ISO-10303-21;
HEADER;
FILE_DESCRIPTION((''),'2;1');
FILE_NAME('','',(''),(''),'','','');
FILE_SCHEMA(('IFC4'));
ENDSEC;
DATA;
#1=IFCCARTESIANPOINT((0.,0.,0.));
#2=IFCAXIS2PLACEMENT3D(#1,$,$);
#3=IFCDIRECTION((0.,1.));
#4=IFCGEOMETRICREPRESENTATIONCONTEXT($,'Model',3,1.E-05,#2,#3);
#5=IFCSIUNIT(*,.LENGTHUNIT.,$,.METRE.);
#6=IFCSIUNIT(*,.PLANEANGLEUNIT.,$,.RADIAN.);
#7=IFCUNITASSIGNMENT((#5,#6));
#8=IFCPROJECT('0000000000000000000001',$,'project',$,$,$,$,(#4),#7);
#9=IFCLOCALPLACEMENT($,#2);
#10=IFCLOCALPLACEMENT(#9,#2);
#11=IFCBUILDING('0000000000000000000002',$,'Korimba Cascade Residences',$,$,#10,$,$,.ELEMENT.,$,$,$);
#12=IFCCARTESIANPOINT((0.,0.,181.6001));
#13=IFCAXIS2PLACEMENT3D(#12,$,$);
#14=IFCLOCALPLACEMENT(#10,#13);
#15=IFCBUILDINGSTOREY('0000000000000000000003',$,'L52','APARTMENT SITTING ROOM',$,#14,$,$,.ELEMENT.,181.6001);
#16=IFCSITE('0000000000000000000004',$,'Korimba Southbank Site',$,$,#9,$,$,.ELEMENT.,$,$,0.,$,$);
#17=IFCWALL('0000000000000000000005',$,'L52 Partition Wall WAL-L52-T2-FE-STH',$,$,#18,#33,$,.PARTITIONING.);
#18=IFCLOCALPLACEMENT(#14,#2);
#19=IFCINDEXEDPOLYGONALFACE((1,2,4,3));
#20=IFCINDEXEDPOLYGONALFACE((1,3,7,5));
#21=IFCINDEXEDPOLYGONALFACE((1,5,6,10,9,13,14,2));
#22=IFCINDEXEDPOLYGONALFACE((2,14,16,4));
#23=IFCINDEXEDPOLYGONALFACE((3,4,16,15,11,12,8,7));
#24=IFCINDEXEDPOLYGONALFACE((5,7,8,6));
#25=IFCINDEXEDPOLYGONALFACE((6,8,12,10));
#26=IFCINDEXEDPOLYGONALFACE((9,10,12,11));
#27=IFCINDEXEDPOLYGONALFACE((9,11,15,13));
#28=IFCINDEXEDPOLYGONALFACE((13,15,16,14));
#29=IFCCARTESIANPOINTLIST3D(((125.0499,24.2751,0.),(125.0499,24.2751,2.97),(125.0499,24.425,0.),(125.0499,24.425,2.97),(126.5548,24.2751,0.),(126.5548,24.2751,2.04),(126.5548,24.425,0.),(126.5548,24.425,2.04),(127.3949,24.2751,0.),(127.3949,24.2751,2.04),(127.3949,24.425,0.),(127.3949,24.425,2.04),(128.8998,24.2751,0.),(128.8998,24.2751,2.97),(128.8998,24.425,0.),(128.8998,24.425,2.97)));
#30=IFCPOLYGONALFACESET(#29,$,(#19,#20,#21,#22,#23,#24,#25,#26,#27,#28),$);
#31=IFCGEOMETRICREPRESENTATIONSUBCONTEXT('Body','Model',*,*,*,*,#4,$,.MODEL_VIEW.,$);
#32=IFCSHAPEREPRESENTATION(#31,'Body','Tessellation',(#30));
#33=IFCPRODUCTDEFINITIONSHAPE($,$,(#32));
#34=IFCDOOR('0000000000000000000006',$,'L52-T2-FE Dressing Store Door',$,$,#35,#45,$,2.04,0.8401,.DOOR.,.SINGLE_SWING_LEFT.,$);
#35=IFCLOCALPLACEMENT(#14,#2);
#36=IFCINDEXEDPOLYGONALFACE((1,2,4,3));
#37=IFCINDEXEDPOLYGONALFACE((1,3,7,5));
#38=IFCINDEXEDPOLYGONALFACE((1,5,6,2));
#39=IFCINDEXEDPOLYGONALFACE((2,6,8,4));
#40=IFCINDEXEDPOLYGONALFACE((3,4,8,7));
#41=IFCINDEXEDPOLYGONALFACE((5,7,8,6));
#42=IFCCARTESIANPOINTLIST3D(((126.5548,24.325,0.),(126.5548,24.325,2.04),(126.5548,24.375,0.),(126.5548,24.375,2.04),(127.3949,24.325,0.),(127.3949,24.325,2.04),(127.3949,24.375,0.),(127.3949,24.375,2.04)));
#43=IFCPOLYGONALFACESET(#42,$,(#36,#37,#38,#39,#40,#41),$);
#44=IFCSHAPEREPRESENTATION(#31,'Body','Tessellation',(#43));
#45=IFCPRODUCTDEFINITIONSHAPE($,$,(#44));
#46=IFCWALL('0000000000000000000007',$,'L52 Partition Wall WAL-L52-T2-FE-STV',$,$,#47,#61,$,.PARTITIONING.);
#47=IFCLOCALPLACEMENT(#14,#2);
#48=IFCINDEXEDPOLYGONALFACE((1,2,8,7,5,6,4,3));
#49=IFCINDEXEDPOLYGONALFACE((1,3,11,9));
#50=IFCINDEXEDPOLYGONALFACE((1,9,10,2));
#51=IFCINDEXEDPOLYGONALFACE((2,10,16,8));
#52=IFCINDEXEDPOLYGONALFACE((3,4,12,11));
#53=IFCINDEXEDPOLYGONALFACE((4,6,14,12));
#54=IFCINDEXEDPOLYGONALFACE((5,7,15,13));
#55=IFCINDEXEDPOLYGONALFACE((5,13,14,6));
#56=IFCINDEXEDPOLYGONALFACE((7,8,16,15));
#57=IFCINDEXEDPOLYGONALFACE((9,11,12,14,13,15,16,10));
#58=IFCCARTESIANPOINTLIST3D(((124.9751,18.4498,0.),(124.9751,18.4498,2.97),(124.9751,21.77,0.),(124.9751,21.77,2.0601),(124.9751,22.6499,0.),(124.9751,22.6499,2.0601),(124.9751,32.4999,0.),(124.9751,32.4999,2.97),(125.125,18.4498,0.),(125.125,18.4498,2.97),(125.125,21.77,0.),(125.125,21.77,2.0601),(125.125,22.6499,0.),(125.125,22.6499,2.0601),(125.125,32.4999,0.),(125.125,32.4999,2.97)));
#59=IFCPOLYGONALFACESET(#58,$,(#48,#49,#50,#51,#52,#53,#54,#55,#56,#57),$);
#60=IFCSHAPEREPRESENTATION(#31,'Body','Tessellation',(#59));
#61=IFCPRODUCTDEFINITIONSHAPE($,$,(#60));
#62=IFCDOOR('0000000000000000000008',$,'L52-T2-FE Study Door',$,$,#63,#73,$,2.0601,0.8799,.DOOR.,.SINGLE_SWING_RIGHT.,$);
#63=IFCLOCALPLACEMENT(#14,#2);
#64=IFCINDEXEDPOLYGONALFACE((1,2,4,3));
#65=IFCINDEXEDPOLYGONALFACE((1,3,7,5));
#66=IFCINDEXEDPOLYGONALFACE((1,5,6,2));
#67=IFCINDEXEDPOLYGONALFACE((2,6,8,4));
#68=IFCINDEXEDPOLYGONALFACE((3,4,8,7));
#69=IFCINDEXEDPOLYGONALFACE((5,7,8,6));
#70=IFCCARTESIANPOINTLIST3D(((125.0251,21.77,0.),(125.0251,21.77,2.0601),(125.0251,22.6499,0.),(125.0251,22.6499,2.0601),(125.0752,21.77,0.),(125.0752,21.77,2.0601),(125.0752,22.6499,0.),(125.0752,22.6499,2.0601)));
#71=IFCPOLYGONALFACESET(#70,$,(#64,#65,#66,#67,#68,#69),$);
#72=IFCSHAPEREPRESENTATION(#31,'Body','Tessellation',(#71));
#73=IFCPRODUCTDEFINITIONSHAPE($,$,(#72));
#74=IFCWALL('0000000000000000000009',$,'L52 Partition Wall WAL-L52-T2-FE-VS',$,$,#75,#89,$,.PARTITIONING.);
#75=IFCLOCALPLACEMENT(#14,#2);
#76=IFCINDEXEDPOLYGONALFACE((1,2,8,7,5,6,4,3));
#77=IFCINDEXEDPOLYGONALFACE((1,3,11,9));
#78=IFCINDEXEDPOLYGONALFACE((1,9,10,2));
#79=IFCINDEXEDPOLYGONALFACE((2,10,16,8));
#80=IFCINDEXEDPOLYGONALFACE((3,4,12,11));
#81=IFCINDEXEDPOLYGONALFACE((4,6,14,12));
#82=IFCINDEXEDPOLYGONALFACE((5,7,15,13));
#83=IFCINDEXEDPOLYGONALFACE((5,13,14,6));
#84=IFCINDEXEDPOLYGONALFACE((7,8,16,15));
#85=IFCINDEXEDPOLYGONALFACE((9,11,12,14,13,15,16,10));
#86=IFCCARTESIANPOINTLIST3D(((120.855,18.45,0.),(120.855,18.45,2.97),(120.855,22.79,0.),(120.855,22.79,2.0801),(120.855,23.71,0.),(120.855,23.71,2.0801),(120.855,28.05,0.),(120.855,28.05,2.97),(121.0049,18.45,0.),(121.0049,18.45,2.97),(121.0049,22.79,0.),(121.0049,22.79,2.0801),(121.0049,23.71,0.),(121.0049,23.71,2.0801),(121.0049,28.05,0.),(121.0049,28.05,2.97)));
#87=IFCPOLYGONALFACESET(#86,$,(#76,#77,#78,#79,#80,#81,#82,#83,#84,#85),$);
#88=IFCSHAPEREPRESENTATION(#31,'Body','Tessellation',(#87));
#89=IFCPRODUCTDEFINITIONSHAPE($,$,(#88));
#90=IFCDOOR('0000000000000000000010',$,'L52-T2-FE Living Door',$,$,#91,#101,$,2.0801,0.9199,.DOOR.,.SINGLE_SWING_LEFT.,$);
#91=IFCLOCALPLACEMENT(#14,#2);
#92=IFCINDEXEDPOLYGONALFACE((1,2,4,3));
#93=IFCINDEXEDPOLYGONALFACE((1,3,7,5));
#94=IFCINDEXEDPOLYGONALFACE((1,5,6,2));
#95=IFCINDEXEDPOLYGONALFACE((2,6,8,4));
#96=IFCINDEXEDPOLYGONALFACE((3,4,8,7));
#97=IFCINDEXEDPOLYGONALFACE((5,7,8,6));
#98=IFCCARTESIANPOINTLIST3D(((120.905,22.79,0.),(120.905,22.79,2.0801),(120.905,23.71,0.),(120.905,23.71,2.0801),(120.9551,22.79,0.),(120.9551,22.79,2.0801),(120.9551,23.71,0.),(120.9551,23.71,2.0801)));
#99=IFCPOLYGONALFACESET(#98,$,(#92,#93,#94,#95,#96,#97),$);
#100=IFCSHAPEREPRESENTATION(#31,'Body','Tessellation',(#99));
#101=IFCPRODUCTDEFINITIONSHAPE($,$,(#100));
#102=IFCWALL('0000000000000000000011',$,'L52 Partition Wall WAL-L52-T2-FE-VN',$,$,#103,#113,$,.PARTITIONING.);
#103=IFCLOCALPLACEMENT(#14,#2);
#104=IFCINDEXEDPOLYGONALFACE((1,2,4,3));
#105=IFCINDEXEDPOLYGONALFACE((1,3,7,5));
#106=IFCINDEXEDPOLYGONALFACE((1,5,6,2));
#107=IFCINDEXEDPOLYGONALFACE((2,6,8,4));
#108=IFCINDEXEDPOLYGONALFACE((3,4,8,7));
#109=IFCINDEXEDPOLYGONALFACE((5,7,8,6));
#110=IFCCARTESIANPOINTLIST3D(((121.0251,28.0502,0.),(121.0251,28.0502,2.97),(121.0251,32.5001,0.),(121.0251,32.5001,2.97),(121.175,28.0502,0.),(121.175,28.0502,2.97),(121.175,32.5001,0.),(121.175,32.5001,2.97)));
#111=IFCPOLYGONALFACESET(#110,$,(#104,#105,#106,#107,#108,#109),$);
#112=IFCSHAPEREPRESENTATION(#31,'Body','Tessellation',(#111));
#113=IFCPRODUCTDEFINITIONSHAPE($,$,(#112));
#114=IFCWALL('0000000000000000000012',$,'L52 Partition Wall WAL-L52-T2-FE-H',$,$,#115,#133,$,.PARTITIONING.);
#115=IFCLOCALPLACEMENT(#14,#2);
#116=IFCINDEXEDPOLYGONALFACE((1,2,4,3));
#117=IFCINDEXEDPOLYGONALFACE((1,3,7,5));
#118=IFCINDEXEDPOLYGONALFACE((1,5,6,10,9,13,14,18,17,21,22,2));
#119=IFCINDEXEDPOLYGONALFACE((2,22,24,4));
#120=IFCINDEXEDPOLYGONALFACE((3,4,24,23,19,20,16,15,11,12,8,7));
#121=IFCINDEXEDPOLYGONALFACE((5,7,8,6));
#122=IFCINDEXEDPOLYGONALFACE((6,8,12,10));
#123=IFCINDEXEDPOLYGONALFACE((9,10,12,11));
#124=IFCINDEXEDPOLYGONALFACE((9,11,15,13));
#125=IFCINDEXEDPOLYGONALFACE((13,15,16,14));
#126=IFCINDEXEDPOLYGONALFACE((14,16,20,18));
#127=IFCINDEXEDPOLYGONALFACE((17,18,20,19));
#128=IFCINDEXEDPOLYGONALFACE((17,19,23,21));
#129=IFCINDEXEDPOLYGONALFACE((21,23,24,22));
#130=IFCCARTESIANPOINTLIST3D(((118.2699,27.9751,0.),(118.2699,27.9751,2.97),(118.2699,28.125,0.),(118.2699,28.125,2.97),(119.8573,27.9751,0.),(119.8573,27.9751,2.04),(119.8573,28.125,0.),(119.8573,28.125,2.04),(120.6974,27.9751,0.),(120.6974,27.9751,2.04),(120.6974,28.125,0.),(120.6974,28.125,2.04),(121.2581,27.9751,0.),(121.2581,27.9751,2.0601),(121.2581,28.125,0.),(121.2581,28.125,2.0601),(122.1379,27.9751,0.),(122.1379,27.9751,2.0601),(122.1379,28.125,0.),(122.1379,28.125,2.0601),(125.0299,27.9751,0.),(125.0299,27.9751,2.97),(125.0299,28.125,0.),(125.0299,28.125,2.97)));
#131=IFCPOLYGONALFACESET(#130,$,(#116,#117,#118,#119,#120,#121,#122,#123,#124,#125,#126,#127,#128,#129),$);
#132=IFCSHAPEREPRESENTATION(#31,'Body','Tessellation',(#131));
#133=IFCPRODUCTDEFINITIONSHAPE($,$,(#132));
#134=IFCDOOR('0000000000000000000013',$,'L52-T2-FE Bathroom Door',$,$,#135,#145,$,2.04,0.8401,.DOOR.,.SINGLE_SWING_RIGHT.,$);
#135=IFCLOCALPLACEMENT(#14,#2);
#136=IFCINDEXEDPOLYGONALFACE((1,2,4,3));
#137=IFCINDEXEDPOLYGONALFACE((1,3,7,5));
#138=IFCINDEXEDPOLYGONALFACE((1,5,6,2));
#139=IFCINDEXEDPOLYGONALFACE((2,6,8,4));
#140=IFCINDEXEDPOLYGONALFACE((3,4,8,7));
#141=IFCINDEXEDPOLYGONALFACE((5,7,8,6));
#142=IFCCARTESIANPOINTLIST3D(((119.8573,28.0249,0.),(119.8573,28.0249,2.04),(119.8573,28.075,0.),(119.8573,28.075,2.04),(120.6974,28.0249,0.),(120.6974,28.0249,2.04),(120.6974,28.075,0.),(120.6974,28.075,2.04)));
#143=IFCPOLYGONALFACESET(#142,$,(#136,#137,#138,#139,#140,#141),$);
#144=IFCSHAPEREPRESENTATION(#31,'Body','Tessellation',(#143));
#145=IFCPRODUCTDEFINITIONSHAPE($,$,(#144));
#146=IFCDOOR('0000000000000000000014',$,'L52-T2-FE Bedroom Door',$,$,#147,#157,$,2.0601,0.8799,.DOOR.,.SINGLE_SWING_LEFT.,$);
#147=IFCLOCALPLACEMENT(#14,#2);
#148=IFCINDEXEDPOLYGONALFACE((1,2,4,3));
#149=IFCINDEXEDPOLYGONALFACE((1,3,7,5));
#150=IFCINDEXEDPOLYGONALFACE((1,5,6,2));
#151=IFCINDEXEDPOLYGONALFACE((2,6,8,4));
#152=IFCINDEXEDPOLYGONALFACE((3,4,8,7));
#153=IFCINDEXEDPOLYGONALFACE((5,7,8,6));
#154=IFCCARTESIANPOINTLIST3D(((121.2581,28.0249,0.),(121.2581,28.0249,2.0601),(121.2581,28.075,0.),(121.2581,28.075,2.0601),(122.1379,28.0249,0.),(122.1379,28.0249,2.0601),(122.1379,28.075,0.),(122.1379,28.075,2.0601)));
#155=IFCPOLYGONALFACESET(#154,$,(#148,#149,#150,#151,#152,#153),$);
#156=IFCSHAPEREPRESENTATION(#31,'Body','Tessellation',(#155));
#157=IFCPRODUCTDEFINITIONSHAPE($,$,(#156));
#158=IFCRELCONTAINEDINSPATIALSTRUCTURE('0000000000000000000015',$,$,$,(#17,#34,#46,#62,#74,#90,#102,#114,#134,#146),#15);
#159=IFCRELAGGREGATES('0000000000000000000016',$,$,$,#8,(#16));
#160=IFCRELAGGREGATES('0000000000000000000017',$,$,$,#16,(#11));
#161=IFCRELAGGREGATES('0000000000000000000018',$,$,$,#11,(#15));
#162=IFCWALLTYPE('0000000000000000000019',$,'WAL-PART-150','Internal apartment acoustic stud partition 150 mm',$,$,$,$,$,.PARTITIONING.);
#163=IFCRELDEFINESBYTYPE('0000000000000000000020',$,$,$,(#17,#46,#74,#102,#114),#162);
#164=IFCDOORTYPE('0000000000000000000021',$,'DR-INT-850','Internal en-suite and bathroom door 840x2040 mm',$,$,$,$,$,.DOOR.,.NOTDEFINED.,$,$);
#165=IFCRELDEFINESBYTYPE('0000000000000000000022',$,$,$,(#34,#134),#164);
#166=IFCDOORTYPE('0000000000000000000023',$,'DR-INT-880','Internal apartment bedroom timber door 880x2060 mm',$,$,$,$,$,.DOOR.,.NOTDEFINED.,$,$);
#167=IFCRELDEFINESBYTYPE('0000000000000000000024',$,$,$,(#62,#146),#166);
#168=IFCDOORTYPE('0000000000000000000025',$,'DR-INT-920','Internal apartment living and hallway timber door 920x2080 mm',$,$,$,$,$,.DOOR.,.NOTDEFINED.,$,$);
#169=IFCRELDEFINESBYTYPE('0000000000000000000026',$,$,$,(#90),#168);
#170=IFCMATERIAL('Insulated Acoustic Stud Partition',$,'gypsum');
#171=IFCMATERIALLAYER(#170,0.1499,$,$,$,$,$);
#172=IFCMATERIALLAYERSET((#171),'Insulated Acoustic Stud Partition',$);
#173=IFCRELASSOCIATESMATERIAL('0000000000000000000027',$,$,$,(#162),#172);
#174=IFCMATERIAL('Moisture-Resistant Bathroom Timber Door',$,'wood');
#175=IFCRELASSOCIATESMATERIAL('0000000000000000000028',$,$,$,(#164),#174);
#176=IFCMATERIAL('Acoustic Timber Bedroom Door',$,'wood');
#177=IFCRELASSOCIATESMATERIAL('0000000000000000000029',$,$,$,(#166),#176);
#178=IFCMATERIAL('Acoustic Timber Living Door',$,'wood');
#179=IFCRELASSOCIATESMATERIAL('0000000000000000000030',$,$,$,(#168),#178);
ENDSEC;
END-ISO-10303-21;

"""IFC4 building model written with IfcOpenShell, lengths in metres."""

from ifc_helpers import new_model, si_unit, direction, frame, frame_2d, origin, place, context, subcontext, project, spatial, rectangle, extrude, material, layer, layer_set, type_object, element, fill, save


model = new_model("IFC4")

# Units and contexts
model_context = context("Model", 3, precision=1e-05, world=origin(), true_north=direction((0.0, 1.0)))
body_context = subcontext(model_context, "Body", "Model", "MODEL_VIEW")
ifc_project = project(units=[si_unit("LENGTHUNIT", "METRE"), si_unit("PLANEANGLEUNIT", "RADIAN")], contexts=[model_context])

# Site, building, storey
site_placement = place(None, origin())
site = spatial("IfcSite", under=ifc_project, at=site_placement, Name="Korimba Southbank Site", CompositionType="ELEMENT", RefElevation=0.0)
building_placement = place(site_placement, origin())
building = spatial("IfcBuilding", under=site, at=building_placement, Name="Korimba Cascade Residences", CompositionType="ELEMENT")
storey_placement = place(building_placement, frame((0.0, 0.0, 181.6001)))
storey = spatial("IfcBuildingStorey", under=building, at=storey_placement, Name="L52", Description="APARTMENT SITTING ROOM", CompositionType="ELEMENT", Elevation=181.6001)

# Walls, openings, doors
ifc_material_1 = material(Name="Insulated Acoustic Stud Partition", Category="gypsum")
ifc_layer_1 = layer(ifc_material_1, 0.1499)
ifc_layer_set_1 = layer_set([ifc_layer_1], Name="Insulated Acoustic Stud Partition")
wall_type_1 = type_object("IfcWallType", Name="WAL-PART-150", Description="Internal apartment acoustic stud partition 150 mm", PredefinedType="PARTITIONING", material=ifc_layer_set_1)
wall_1_placement = place(storey_placement, frame((125.05, 24.3501, 0.0), z_axis=(0.0, 0.0, 1.0), x_axis=(1.0, 0.0, 0.0)))
wall_1 = element("IfcWall", 1, at=wall_1_placement, inside=storey, type_object=wall_type_1, Name="L52 Partition Wall WAL-L52-T2-FE-STH", PredefinedType="PARTITIONING", context=body_context, shape_type="SweptSolid", body=[
    extrude(rectangle(XDim=3.8499, YDim=0.1499, at=frame_2d((1.9248, 0.0))), origin(), (0.0, 0.0, 1.0), 2.97),
])
opening_1_placement = place(wall_1_placement, frame((1.5049, 0.0, 0.0)))
opening_1 = element("IfcOpeningElement", 2, at=opening_1_placement, cuts=wall_1, PredefinedType="OPENING", context=body_context, shape_type="SweptSolid", body=[
    extrude(rectangle(XDim=0.8401, YDim=2.04, at=frame_2d((0.4199, 1.02))), frame((0.0, 0.085, 0.0), z_axis=(0.0, -1.0, 0.0), x_axis=(1.0, 0.0, 0.0)), (0.0, 0.0, 1.0), 0.1699),
])
ifc_material_2 = material(Name="Moisture-Resistant Bathroom Timber Door", Category="wood")
door_type_1 = type_object("IfcDoorType", Name="DR-INT-850", Description="Internal en-suite and bathroom door 840x2040 mm", OperationType="NOTDEFINED", PredefinedType="DOOR", material=ifc_material_2)
door_1_placement = place(opening_1_placement, origin())
door_1 = element("IfcDoor", 3, at=door_1_placement, inside=storey, type_object=door_type_1, Name="L52-T2-FE Dressing Store Door", OperationType="SINGLE_SWING_LEFT", OverallHeight=2.04, OverallWidth=0.8401, PredefinedType="DOOR", context=body_context, shape_type="SweptSolid", body=[
    extrude(rectangle(XDim=0.8401, YDim=2.04, at=frame_2d((0.4199, 1.02))), frame((0.0, 0.0249, 0.0), z_axis=(0.0, -1.0, 0.0), x_axis=(1.0, 0.0, 0.0)), (0.0, 0.0, 1.0), 0.05),
])
fill(opening_1, door_1)
wall_2_placement = place(storey_placement, frame((125.05, 18.45, 0.0), z_axis=(0.0, 0.0, 1.0), x_axis=(0.0, 1.0, 0.0)))
wall_2 = element("IfcWall", 4, at=wall_2_placement, inside=storey, type_object=wall_type_1, Name="L52 Partition Wall WAL-L52-T2-FE-STV", PredefinedType="PARTITIONING", context=body_context, shape_type="SweptSolid", body=[
    extrude(rectangle(XDim=14.05, YDim=0.1499, at=frame_2d((7.0249, 0.0))), origin(), (0.0, 0.0, 1.0), 2.97),
])
opening_2_placement = place(wall_2_placement, frame((3.3201, 0.0, 0.0)))
opening_2 = element("IfcOpeningElement", 5, at=opening_2_placement, cuts=wall_2, PredefinedType="OPENING", context=body_context, shape_type="SweptSolid", body=[
    extrude(rectangle(XDim=0.8799, YDim=2.0601, at=frame_2d((0.4399, 1.03))), frame((0.0, 0.085, 0.0), z_axis=(0.0, -1.0, 0.0), x_axis=(1.0, 0.0, 0.0)), (0.0, 0.0, 1.0), 0.1699),
])
ifc_material_3 = material(Name="Acoustic Timber Bedroom Door", Category="wood")
door_type_2 = type_object("IfcDoorType", Name="DR-INT-880", Description="Internal apartment bedroom timber door 880x2060 mm", OperationType="NOTDEFINED", PredefinedType="DOOR", material=ifc_material_3)
door_2_placement = place(opening_2_placement, origin())
door_2 = element("IfcDoor", 6, at=door_2_placement, inside=storey, type_object=door_type_2, Name="L52-T2-FE Study Door", OperationType="SINGLE_SWING_RIGHT", OverallHeight=2.0601, OverallWidth=0.8799, PredefinedType="DOOR", context=body_context, shape_type="SweptSolid", body=[
    extrude(rectangle(XDim=0.8799, YDim=2.0601, at=frame_2d((0.4399, 1.03))), frame((0.0, 0.0249, 0.0), z_axis=(0.0, -1.0, 0.0), x_axis=(1.0, 0.0, 0.0)), (0.0, 0.0, 1.0), 0.05),
])
fill(opening_2, door_2)
wall_3_placement = place(storey_placement, frame((120.9299, 18.45, 0.0), z_axis=(0.0, 0.0, 1.0), x_axis=(0.0, 1.0, 0.0)))
wall_3 = element("IfcWall", 7, at=wall_3_placement, inside=storey, type_object=wall_type_1, Name="L52 Partition Wall WAL-L52-T2-FE-VS", PredefinedType="PARTITIONING", context=body_context, shape_type="SweptSolid", body=[
    extrude(rectangle(XDim=9.6001, YDim=0.1499, at=frame_2d((4.8, 0.0))), origin(), (0.0, 0.0, 1.0), 2.97),
])
opening_3_placement = place(wall_3_placement, frame((4.3401, 0.0, 0.0)))
opening_3 = element("IfcOpeningElement", 8, at=opening_3_placement, cuts=wall_3, PredefinedType="OPENING", context=body_context, shape_type="SweptSolid", body=[
    extrude(rectangle(XDim=0.9199, YDim=2.0801, at=frame_2d((0.46, 1.04))), frame((0.0, 0.085, 0.0), z_axis=(0.0, -1.0, 0.0), x_axis=(1.0, 0.0, 0.0)), (0.0, 0.0, 1.0), 0.1699),
])
ifc_material_4 = material(Name="Acoustic Timber Living Door", Category="wood")
door_type_3 = type_object("IfcDoorType", Name="DR-INT-920", Description="Internal apartment living and hallway timber door 920x2080 mm", OperationType="NOTDEFINED", PredefinedType="DOOR", material=ifc_material_4)
door_3_placement = place(opening_3_placement, origin())
door_3 = element("IfcDoor", 9, at=door_3_placement, inside=storey, type_object=door_type_3, Name="L52-T2-FE Living Door", OperationType="SINGLE_SWING_LEFT", OverallHeight=2.0801, OverallWidth=0.9199, PredefinedType="DOOR", context=body_context, shape_type="SweptSolid", body=[
    extrude(rectangle(XDim=0.9199, YDim=2.0801, at=frame_2d((0.46, 1.04))), frame((0.0, 0.0249, 0.0), z_axis=(0.0, -1.0, 0.0), x_axis=(1.0, 0.0, 0.0)), (0.0, 0.0, 1.0), 0.05),
])
fill(opening_3, door_3)

# Wall
wall_4_placement = place(storey_placement, frame((121.1001, 28.05, 0.0), z_axis=(0.0, 0.0, 1.0), x_axis=(0.0, 1.0, 0.0)))
element("IfcWall", 10, at=wall_4_placement, inside=storey, type_object=wall_type_1, Name="L52 Partition Wall WAL-L52-T2-FE-VN", PredefinedType="PARTITIONING", context=body_context, shape_type="SweptSolid", body=[
    extrude(rectangle(XDim=4.45, YDim=0.1499, at=frame_2d((2.2251, 0.0))), origin(), (0.0, 0.0, 1.0), 2.97),
])

# Wall, openings, doors
wall_5_placement = place(storey_placement, frame((118.27, 28.05, 0.0), z_axis=(0.0, 0.0, 1.0), x_axis=(1.0, 0.0, 0.0)))
wall_5 = element("IfcWall", 11, at=wall_5_placement, inside=storey, type_object=wall_type_1, Name="L52 Partition Wall WAL-L52-T2-FE-H", PredefinedType="PARTITIONING", context=body_context, shape_type="SweptSolid", body=[
    extrude(rectangle(XDim=6.76, YDim=0.1499, at=frame_2d((3.3799, 0.0))), origin(), (0.0, 0.0, 1.0), 2.97),
])
opening_4_placement = place(wall_5_placement, frame((1.5874, 0.0, 0.0)))
opening_4 = element("IfcOpeningElement", 12, at=opening_4_placement, cuts=wall_5, PredefinedType="OPENING", context=body_context, shape_type="SweptSolid", body=[
    extrude(rectangle(XDim=0.8401, YDim=2.04, at=frame_2d((0.4199, 1.02))), frame((0.0, 0.085, 0.0), z_axis=(0.0, -1.0, 0.0), x_axis=(1.0, 0.0, 0.0)), (0.0, 0.0, 1.0), 0.1699),
])
opening_5_placement = place(wall_5_placement, frame((2.988, 0.0, 0.0)))
opening_5 = element("IfcOpeningElement", 13, at=opening_5_placement, cuts=wall_5, PredefinedType="OPENING", context=body_context, shape_type="SweptSolid", body=[
    extrude(rectangle(XDim=0.8799, YDim=2.0601, at=frame_2d((0.4399, 1.03))), frame((0.0, 0.085, 0.0), z_axis=(0.0, -1.0, 0.0), x_axis=(1.0, 0.0, 0.0)), (0.0, 0.0, 1.0), 0.1699),
])
door_4_placement = place(opening_4_placement, origin())
door_4 = element("IfcDoor", 14, at=door_4_placement, inside=storey, type_object=door_type_1, Name="L52-T2-FE Bathroom Door", OperationType="SINGLE_SWING_RIGHT", OverallHeight=2.04, OverallWidth=0.8401, PredefinedType="DOOR", context=body_context, shape_type="SweptSolid", body=[
    extrude(rectangle(XDim=0.8401, YDim=2.04, at=frame_2d((0.4199, 1.02))), frame((0.0, 0.0249, 0.0), z_axis=(0.0, -1.0, 0.0), x_axis=(1.0, 0.0, 0.0)), (0.0, 0.0, 1.0), 0.05),
])
fill(opening_4, door_4)
door_5_placement = place(opening_5_placement, origin())
door_5 = element("IfcDoor", 15, at=door_5_placement, inside=storey, type_object=door_type_2, Name="L52-T2-FE Bedroom Door", OperationType="SINGLE_SWING_LEFT", OverallHeight=2.0601, OverallWidth=0.8799, PredefinedType="DOOR", context=body_context, shape_type="SweptSolid", body=[
    extrude(rectangle(XDim=0.8799, YDim=2.0601, at=frame_2d((0.4399, 1.03))), frame((0.0, 0.0249, 0.0), z_axis=(0.0, -1.0, 0.0), x_axis=(1.0, 0.0, 0.0)), (0.0, 0.0, 1.0), 0.05),
])
fill(opening_5, door_5)

save(model, "model.ifc")
